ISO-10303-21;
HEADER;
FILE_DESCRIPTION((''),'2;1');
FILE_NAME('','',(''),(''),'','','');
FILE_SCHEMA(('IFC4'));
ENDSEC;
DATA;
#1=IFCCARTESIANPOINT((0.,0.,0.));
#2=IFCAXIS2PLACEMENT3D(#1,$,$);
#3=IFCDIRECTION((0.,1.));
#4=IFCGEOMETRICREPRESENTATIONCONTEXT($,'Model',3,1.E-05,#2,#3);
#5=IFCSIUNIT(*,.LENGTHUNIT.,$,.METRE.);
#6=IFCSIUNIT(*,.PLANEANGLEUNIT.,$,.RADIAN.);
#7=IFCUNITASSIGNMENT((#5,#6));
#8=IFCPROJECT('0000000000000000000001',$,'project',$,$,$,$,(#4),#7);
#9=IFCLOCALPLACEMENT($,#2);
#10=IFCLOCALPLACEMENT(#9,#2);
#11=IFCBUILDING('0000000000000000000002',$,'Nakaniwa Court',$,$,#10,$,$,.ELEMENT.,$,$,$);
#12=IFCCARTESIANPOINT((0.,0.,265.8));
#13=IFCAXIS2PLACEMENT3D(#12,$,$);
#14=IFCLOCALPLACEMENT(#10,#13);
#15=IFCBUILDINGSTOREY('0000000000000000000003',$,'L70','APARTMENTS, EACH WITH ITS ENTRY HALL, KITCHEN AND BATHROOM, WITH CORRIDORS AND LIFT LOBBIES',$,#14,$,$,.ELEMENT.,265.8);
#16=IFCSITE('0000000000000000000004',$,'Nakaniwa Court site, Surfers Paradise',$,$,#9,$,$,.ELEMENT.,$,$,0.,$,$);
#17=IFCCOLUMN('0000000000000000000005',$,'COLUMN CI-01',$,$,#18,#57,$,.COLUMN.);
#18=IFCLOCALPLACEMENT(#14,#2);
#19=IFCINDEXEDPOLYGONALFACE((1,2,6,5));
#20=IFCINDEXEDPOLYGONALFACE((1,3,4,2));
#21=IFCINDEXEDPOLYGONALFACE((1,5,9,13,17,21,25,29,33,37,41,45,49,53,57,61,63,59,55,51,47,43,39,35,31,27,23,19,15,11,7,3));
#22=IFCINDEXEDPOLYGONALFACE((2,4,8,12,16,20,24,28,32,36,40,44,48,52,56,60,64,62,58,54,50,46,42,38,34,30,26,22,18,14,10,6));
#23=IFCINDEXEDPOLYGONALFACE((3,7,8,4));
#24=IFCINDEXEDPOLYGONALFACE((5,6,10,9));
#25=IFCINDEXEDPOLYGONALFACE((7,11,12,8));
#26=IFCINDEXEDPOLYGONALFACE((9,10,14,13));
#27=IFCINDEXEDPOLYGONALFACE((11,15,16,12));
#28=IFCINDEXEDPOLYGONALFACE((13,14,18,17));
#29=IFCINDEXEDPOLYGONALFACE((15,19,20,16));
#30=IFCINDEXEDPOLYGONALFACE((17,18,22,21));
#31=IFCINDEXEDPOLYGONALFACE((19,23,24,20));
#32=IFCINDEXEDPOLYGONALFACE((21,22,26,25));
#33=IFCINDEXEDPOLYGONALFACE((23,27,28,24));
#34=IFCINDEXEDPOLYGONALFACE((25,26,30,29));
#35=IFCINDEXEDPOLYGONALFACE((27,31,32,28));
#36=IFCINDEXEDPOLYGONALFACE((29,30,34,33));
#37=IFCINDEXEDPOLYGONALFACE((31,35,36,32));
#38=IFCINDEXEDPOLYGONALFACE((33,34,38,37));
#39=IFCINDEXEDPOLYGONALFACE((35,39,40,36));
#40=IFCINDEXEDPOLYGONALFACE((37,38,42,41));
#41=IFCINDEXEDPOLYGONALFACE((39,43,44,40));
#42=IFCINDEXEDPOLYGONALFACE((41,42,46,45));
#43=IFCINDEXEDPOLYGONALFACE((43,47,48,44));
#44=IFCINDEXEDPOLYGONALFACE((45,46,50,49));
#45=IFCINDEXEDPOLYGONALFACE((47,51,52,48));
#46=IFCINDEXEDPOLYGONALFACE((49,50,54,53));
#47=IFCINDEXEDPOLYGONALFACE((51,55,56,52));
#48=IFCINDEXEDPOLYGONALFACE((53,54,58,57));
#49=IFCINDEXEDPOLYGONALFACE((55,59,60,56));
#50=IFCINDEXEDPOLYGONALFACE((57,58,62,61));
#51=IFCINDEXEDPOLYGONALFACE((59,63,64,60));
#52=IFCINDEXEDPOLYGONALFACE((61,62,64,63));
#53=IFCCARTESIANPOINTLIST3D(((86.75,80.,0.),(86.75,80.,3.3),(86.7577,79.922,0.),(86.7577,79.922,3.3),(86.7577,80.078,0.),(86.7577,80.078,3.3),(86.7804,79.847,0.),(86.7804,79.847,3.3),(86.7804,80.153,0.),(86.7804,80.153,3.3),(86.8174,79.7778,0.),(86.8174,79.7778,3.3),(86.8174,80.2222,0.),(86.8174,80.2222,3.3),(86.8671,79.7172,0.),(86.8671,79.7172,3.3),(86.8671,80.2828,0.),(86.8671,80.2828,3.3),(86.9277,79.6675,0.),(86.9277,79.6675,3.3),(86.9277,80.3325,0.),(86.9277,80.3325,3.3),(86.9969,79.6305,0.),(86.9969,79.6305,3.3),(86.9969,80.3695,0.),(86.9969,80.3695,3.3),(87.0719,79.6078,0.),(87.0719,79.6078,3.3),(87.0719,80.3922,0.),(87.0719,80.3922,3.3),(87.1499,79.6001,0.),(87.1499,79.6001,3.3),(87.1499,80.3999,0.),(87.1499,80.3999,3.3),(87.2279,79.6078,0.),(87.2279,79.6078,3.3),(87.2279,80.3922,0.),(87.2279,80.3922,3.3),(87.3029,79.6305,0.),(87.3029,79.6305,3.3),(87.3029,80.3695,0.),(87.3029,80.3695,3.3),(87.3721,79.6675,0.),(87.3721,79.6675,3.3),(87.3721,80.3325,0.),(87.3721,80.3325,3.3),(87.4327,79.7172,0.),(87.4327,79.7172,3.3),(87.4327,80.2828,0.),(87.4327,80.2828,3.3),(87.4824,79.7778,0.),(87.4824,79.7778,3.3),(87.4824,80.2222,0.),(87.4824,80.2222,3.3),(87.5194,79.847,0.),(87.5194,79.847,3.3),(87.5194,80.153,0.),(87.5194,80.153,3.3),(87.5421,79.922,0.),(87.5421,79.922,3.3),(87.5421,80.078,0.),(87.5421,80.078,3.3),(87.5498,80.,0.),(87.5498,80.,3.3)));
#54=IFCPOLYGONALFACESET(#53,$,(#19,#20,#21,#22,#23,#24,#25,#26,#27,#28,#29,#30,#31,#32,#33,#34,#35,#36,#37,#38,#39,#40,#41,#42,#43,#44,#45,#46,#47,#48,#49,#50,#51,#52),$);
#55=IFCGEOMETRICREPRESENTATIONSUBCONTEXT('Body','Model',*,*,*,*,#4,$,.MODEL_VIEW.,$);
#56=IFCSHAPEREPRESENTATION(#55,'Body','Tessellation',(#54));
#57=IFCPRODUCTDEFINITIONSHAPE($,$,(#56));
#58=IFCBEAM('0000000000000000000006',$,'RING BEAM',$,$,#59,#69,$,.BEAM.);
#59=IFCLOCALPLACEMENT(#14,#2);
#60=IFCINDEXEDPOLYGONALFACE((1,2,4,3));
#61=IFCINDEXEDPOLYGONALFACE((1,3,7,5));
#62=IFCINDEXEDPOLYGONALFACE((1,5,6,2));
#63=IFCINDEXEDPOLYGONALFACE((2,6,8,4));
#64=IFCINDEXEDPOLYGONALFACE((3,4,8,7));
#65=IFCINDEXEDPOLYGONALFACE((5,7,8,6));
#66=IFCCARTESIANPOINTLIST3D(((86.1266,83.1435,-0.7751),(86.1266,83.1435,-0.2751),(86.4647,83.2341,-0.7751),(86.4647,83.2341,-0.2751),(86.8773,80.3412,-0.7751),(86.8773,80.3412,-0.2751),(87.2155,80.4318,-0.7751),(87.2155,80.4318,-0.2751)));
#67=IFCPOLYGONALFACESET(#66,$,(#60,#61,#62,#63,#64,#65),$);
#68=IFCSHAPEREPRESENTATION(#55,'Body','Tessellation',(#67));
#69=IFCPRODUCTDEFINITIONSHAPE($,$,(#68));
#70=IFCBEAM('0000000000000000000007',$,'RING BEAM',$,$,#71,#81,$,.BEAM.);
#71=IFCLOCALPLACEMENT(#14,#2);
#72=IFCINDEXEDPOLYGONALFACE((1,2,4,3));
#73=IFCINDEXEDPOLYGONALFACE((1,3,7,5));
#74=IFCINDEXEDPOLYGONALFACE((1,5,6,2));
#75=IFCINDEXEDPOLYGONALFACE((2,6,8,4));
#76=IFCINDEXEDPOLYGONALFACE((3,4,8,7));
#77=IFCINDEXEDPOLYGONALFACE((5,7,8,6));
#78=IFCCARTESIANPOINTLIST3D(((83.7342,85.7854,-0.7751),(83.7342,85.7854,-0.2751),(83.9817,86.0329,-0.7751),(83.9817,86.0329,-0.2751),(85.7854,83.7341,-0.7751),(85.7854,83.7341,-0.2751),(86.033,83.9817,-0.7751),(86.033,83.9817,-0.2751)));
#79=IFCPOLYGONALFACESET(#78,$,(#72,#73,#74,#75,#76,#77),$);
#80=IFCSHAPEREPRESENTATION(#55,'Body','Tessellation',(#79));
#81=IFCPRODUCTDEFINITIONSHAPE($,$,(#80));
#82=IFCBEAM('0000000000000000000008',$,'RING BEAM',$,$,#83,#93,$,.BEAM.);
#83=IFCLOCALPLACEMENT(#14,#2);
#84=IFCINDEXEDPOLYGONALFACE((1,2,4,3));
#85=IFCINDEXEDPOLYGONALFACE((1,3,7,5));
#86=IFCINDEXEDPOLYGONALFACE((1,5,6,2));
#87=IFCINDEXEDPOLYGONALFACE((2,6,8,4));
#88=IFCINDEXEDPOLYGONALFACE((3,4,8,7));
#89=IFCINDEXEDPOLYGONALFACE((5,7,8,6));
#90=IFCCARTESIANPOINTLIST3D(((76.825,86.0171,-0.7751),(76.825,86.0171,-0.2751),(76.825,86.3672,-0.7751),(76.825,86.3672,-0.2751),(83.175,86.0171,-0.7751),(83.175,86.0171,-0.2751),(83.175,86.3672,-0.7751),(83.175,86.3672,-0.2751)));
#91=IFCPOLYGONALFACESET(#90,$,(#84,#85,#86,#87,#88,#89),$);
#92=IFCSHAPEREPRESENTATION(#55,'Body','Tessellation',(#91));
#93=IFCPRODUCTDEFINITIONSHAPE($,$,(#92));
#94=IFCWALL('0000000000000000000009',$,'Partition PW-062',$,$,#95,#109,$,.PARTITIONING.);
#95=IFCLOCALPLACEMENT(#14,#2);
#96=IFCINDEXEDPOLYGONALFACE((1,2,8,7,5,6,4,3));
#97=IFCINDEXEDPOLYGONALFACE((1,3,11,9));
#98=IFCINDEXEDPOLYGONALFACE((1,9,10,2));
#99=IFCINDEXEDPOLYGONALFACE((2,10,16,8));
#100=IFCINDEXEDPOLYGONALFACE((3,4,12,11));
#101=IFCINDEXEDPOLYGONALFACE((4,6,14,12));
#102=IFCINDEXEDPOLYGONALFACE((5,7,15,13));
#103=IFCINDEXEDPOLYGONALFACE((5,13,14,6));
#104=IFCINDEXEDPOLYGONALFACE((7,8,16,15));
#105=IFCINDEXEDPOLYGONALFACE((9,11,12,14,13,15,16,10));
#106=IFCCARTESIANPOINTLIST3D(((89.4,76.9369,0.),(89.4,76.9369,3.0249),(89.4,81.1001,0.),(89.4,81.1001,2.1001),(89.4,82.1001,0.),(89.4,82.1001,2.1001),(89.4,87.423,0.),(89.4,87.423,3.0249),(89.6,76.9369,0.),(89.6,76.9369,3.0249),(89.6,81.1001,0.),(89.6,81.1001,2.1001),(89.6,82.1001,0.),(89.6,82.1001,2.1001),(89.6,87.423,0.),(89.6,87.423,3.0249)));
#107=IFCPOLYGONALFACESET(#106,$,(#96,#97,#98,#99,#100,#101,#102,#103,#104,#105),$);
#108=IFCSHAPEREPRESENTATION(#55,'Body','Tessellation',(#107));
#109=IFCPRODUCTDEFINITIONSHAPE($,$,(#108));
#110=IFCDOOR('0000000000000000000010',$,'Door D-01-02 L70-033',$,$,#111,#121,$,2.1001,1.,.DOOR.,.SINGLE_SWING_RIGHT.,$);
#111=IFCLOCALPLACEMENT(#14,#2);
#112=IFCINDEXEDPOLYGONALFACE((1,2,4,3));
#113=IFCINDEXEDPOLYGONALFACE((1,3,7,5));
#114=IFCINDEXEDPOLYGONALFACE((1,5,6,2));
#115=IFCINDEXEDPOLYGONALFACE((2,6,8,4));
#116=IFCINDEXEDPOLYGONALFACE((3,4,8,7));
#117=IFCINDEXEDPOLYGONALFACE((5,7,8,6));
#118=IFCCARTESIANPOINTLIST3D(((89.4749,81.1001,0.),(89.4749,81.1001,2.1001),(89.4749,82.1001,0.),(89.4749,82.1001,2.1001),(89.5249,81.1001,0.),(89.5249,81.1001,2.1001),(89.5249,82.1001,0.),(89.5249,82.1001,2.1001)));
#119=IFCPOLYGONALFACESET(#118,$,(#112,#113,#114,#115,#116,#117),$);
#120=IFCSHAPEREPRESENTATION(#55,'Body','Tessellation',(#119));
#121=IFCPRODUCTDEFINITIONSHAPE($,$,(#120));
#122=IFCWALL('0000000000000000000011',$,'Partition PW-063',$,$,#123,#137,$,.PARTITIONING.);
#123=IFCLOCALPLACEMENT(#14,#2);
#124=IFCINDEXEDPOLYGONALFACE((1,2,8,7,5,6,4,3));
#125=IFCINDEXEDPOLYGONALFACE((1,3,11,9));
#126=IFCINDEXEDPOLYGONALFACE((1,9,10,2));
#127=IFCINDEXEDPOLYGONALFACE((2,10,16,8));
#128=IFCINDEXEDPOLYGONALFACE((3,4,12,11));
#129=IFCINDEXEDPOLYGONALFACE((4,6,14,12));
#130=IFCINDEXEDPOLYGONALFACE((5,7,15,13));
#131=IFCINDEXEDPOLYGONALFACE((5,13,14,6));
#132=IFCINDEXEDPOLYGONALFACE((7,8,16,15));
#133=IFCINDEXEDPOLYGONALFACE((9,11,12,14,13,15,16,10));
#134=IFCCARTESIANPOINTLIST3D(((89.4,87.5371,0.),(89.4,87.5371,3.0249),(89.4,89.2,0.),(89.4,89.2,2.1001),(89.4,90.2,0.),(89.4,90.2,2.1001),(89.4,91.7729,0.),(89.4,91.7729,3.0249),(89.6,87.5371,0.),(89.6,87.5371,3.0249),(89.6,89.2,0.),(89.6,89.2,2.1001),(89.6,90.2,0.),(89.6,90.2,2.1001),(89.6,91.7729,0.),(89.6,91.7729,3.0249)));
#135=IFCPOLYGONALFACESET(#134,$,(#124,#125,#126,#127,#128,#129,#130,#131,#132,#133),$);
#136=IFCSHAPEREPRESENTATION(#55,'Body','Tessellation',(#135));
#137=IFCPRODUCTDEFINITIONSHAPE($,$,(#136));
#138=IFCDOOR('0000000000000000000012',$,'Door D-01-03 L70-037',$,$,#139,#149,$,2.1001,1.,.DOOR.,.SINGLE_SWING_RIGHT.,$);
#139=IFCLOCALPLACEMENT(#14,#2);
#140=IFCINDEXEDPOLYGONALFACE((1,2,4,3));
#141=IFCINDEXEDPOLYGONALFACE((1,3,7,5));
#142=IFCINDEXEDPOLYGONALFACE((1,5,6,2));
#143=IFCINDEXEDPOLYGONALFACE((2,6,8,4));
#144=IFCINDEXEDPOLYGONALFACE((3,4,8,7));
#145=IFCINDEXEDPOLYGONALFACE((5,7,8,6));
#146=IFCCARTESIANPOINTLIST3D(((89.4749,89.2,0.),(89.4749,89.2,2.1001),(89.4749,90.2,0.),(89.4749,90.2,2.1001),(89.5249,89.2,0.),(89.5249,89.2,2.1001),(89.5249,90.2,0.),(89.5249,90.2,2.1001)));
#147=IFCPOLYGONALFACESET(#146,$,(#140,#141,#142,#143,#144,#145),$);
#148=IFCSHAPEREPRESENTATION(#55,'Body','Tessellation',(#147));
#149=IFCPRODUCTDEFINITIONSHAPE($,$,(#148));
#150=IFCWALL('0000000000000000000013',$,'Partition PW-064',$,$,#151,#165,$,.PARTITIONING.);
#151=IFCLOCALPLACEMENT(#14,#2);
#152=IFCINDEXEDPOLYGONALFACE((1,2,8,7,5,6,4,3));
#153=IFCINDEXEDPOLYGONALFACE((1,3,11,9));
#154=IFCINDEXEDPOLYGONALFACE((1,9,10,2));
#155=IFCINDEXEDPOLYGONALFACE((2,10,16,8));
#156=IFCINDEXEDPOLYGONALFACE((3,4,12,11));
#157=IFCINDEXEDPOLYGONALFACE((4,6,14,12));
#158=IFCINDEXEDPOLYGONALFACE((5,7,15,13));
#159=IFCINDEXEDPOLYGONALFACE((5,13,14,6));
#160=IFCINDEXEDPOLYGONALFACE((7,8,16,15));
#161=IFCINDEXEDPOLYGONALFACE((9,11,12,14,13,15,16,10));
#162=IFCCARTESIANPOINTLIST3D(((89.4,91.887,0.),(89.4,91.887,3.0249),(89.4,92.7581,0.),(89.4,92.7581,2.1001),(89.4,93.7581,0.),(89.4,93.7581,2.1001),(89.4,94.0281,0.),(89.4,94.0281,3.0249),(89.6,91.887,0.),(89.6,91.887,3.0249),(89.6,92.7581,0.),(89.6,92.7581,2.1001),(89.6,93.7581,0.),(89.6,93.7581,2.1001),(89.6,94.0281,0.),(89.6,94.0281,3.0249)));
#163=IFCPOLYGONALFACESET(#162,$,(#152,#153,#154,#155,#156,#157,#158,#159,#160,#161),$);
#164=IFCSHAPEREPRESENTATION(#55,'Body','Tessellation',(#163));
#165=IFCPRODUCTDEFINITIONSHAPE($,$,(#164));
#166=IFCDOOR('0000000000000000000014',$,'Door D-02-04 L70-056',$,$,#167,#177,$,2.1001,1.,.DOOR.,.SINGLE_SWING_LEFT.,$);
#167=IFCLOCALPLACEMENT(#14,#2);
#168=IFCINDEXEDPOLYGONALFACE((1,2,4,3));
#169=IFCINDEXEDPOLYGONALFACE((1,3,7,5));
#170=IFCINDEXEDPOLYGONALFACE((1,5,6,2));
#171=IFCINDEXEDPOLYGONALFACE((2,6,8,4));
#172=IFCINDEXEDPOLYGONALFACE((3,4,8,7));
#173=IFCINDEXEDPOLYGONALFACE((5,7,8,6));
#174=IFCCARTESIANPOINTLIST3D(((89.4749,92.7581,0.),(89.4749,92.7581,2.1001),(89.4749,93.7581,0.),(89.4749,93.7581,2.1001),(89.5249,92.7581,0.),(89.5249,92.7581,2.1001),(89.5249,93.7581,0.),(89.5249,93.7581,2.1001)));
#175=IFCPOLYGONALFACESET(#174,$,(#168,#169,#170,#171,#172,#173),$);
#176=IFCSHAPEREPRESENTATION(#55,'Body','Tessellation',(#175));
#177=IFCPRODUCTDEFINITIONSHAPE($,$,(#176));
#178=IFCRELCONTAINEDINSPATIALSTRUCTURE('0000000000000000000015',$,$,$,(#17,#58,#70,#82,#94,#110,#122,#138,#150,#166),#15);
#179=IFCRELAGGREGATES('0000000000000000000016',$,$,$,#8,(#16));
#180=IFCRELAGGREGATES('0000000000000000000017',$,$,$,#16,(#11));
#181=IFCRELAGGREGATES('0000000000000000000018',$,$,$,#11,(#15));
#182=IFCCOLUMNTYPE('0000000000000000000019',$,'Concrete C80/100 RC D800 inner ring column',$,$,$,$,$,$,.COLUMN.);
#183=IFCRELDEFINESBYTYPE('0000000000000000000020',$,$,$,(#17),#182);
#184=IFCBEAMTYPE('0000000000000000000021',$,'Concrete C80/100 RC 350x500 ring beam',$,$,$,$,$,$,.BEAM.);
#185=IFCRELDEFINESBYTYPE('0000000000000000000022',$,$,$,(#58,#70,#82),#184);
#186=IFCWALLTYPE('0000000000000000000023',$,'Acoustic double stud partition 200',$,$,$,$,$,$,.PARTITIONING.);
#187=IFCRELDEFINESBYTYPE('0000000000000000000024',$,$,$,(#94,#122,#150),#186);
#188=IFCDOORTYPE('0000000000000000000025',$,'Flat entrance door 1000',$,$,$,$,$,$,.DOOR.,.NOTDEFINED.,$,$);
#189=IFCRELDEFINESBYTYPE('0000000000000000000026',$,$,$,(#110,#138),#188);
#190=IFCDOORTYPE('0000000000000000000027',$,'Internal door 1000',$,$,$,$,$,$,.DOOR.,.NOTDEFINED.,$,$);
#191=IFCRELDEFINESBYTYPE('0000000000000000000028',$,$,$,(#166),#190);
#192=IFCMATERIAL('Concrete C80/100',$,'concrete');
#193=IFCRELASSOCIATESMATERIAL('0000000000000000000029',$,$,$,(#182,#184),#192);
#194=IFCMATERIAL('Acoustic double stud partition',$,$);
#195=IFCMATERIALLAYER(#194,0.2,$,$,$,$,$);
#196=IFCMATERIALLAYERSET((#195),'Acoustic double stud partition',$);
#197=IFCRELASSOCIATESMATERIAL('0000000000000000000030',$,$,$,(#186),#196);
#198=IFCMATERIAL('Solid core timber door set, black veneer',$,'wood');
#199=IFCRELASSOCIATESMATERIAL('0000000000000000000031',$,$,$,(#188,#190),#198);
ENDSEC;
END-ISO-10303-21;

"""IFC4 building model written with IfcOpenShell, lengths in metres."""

from ifc_helpers import new_model, si_unit, direction, frame, frame_2d, origin, origin_2d, place, context, subcontext, project, spatial, rectangle, circle, extrude, material, layer, layer_set, material_profile, profile_set, type_object, element, fill, save


model = new_model("IFC4")

# Units and contexts
model_context = context("Model", 3, precision=1e-05, world=origin(), true_north=direction((0.0, 1.0)))
body_context = subcontext(model_context, "Body", "Model", "MODEL_VIEW")
ifc_project = project(units=[si_unit("LENGTHUNIT", "METRE"), si_unit("PLANEANGLEUNIT", "RADIAN")], contexts=[model_context])

# Site, building, storey
site_placement = place(None, origin())
site = spatial("IfcSite", under=ifc_project, at=site_placement, Name="Nakaniwa Court site, Surfers Paradise", CompositionType="ELEMENT", RefElevation=0.0)
building_placement = place(site_placement, origin())
building = spatial("IfcBuilding", under=site, at=building_placement, Name="Nakaniwa Court", CompositionType="ELEMENT")
storey_placement = place(building_placement, frame((0.0, 0.0, 265.8)))
storey = spatial("IfcBuildingStorey", under=building, at=storey_placement, Name="L70", Description="APARTMENTS, EACH WITH ITS ENTRY HALL, KITCHEN AND BATHROOM, WITH CORRIDORS AND LIFT LOBBIES", CompositionType="ELEMENT", Elevation=265.8)

# Column
ifc_material_1 = material(Name="Concrete C80/100", Category="concrete")
ifc_material_profile_1 = material_profile(ifc_material_1, circle(Radius=0.3999, at=origin_2d()), Name="Concrete C80/100 RC D800 inner ring column")
ifc_profile_set_1 = profile_set([ifc_material_profile_1], Name="Concrete C80/100")
column_type = type_object("IfcColumnType", Name="Concrete C80/100 RC D800 inner ring column", PredefinedType="COLUMN", material=ifc_profile_set_1)
for number, where, z_axis, x_axis, name in (
    (1, (87.1499, 80.0, 0.0), (0.0, 0.0, 1.0), (0.0, 1.0, 0.0), "COLUMN CI-01"),
):
    element("IfcColumn", number, at=place(storey_placement, frame(where, z_axis=z_axis, x_axis=x_axis)), inside=storey, type_object=column_type, Name=name, PredefinedType="COLUMN", context=body_context, shape_type="SweptSolid", body=[
        extrude(circle(Radius=0.3999, at=origin_2d()), origin(), (0.0, 0.0, 1.0), 3.3),
    ])

# Beams
ifc_material_profile_2 = material_profile(ifc_material_1, rectangle(XDim=0.3501, YDim=0.5, at=origin_2d()), Name="Concrete C80/100 RC 350x500 ring beam")
ifc_profile_set_2 = profile_set([ifc_material_profile_2], Name="Concrete C80/100")
beam_type = type_object("IfcBeamType", Name="Concrete C80/100 RC 350x500 ring beam", PredefinedType="BEAM", material=ifc_profile_set_2)
beam_1_placement = place(storey_placement, frame((87.0464, 80.3865, -0.5251), z_axis=(-0.258778, 0.965937, 0.0), x_axis=(-0.965937, -0.258778, 0.0)))
element("IfcBeam", 2, at=beam_1_placement, inside=storey, type_object=beam_type, Name="RING BEAM", PredefinedType="BEAM", context=body_context, shape_type="SweptSolid", body=[
    extrude(rectangle(XDim=0.3501, YDim=0.5, at=origin_2d()), origin(), (0.0, 0.0, 1.0), 2.9011),
])
beam_2_placement = place(storey_placement, frame((85.9092, 83.8579, -0.5251), z_axis=(-0.707107, 0.707107, 0.0), x_axis=(-0.707107, -0.707107, 0.0)))
element("IfcBeam", 3, at=beam_2_placement, inside=storey, type_object=beam_type, Name="RING BEAM", PredefinedType="BEAM", context=body_context, shape_type="SweptSolid", body=[
    extrude(rectangle(XDim=0.3501, YDim=0.5, at=origin_2d()), origin(), (0.0, 0.0, 1.0), 2.9009),
])
beam_3_placement = place(storey_placement, frame((83.175, 86.1921, -0.5251), z_axis=(-1.0, 0.0, 0.0), x_axis=(0.0, -1.0, 0.0)))
element("IfcBeam", 4, at=beam_3_placement, inside=storey, type_object=beam_type, Name="RING BEAM", PredefinedType="BEAM", context=body_context, shape_type="SweptSolid", body=[
    extrude(rectangle(XDim=0.3501, YDim=0.5, at=origin_2d()), origin(), (0.0, 0.0, 1.0), 6.3501),
])

# Walls, openings, doors
ifc_material_2 = material(Name="Acoustic double stud partition")
ifc_layer_1 = layer(ifc_material_2, 0.2)
ifc_layer_set_1 = layer_set([ifc_layer_1], Name="Acoustic double stud partition")
wall_type_1 = type_object("IfcWallType", Name="Acoustic double stud partition 200", PredefinedType="PARTITIONING", material=ifc_layer_set_1)
wall_1_placement = place(storey_placement, frame((89.5, 87.4231, 0.0), z_axis=(0.0, 0.0, 1.0), x_axis=(0.0, -1.0, 0.0)))
wall_1 = element("IfcWall", 5, at=wall_1_placement, inside=storey, type_object=wall_type_1, Name="Partition PW-062", PredefinedType="PARTITIONING", context=body_context, shape_type="SweptSolid", body=[
    extrude(rectangle(XDim=10.4861, YDim=0.2, at=frame_2d((5.2432, 0.0))), origin(), (0.0, 0.0, 1.0), 3.0249),
])
opening_1_placement = place(wall_1_placement, frame((5.323, 0.0, 0.0)))
opening_1 = element("IfcOpeningElement", 6, at=opening_1_placement, cuts=wall_1, PredefinedType="OPENING", context=body_context, shape_type="SweptSolid", body=[
    extrude(rectangle(XDim=1.0, YDim=2.1001, at=frame_2d((0.5, 1.05))), frame((0.0, 0.1099, 0.0), z_axis=(0.0, -1.0, 0.0), x_axis=(1.0, 0.0, 0.0)), (0.0, 0.0, 1.0), 0.22),
])
ifc_material_3 = material(Name="Solid core timber door set, black veneer", Category="wood")
door_type_1 = type_object("IfcDoorType", Name="Flat entrance door 1000", OperationType="NOTDEFINED", PredefinedType="DOOR", material=ifc_material_3)
door_1_placement = place(opening_1_placement, origin())
door_1 = element("IfcDoor", 7, at=door_1_placement, inside=storey, type_object=door_type_1, Name="Door D-01-02 L70-033", OperationType="SINGLE_SWING_RIGHT", OverallHeight=2.1001, OverallWidth=1.0, PredefinedType="DOOR", context=body_context, shape_type="SweptSolid", body=[
    extrude(rectangle(XDim=1.0, YDim=2.1001, at=frame_2d((0.5, 1.05))), frame((0.0, 0.0249, 0.0), z_axis=(0.0, -1.0, 0.0), x_axis=(1.0, 0.0, 0.0)), (0.0, 0.0, 1.0), 0.05),
])
fill(opening_1, door_1)
wall_2_placement = place(storey_placement, frame((89.5, 91.7729, 0.0), z_axis=(0.0, 0.0, 1.0), x_axis=(0.0, -1.0, 0.0)))
wall_2 = element("IfcWall", 8, at=wall_2_placement, inside=storey, type_object=wall_type_1, Name="Partition PW-063", PredefinedType="PARTITIONING", context=body_context, shape_type="SweptSolid", body=[
    extrude(rectangle(XDim=4.2358, YDim=0.2, at=frame_2d((2.1179, 0.0))), origin(), (0.0, 0.0, 1.0), 3.0249),
])
opening_2_placement = place(wall_2_placement, frame((1.573, 0.0, 0.0)))
opening_2 = element("IfcOpeningElement", 9, at=opening_2_placement, cuts=wall_2, PredefinedType="OPENING", context=body_context, shape_type="SweptSolid", body=[
    extrude(rectangle(XDim=1.0, YDim=2.1001, at=frame_2d((0.5, 1.05))), frame((0.0, 0.1099, 0.0), z_axis=(0.0, -1.0, 0.0), x_axis=(1.0, 0.0, 0.0)), (0.0, 0.0, 1.0), 0.22),
])
door_2_placement = place(opening_2_placement, origin())
door_2 = element("IfcDoor", 10, at=door_2_placement, inside=storey, type_object=door_type_1, Name="Door D-01-03 L70-037", OperationType="SINGLE_SWING_RIGHT", OverallHeight=2.1001, OverallWidth=1.0, PredefinedType="DOOR", context=body_context, shape_type="SweptSolid", body=[
    extrude(rectangle(XDim=1.0, YDim=2.1001, at=frame_2d((0.5, 1.05))), frame((0.0, 0.0249, 0.0), z_axis=(0.0, -1.0, 0.0), x_axis=(1.0, 0.0, 0.0)), (0.0, 0.0, 1.0), 0.05),
])
fill(opening_2, door_2)
wall_3_placement = place(storey_placement, frame((89.5, 94.0281, 0.0), z_axis=(0.0, 0.0, 1.0), x_axis=(0.0, -1.0, 0.0)))
wall_3 = element("IfcWall", 11, at=wall_3_placement, inside=storey, type_object=wall_type_1, Name="Partition PW-064", PredefinedType="PARTITIONING", context=body_context, shape_type="SweptSolid", body=[
    extrude(rectangle(XDim=2.1411, YDim=0.2, at=frame_2d((1.0706, 0.0))), origin(), (0.0, 0.0, 1.0), 3.0249),
])
opening_3_placement = place(wall_3_placement, frame((0.27, 0.0, 0.0)))
opening_3 = element("IfcOpeningElement", 12, at=opening_3_placement, cuts=wall_3, PredefinedType="OPENING", context=body_context, shape_type="SweptSolid", body=[
    extrude(rectangle(XDim=1.0, YDim=2.1001, at=frame_2d((0.5, 1.05))), frame((0.0, 0.1099, 0.0), z_axis=(0.0, -1.0, 0.0), x_axis=(1.0, 0.0, 0.0)), (0.0, 0.0, 1.0), 0.22),
])
door_type_2 = type_object("IfcDoorType", Name="Internal door 1000", OperationType="NOTDEFINED", PredefinedType="DOOR", material=ifc_material_3)
door_3_placement = place(opening_3_placement, origin())
door_3 = element("IfcDoor", 13, at=door_3_placement, inside=storey, type_object=door_type_2, Name="Door D-02-04 L70-056", OperationType="SINGLE_SWING_LEFT", OverallHeight=2.1001, OverallWidth=1.0, PredefinedType="DOOR", context=body_context, shape_type="SweptSolid", body=[
    extrude(rectangle(XDim=1.0, YDim=2.1001, at=frame_2d((0.5, 1.05))), frame((0.0, 0.0249, 0.0), z_axis=(0.0, -1.0, 0.0), x_axis=(1.0, 0.0, 0.0)), (0.0, 0.0, 1.0), 0.05),
])
fill(opening_3, door_3)

save(model, "model.ifc")
